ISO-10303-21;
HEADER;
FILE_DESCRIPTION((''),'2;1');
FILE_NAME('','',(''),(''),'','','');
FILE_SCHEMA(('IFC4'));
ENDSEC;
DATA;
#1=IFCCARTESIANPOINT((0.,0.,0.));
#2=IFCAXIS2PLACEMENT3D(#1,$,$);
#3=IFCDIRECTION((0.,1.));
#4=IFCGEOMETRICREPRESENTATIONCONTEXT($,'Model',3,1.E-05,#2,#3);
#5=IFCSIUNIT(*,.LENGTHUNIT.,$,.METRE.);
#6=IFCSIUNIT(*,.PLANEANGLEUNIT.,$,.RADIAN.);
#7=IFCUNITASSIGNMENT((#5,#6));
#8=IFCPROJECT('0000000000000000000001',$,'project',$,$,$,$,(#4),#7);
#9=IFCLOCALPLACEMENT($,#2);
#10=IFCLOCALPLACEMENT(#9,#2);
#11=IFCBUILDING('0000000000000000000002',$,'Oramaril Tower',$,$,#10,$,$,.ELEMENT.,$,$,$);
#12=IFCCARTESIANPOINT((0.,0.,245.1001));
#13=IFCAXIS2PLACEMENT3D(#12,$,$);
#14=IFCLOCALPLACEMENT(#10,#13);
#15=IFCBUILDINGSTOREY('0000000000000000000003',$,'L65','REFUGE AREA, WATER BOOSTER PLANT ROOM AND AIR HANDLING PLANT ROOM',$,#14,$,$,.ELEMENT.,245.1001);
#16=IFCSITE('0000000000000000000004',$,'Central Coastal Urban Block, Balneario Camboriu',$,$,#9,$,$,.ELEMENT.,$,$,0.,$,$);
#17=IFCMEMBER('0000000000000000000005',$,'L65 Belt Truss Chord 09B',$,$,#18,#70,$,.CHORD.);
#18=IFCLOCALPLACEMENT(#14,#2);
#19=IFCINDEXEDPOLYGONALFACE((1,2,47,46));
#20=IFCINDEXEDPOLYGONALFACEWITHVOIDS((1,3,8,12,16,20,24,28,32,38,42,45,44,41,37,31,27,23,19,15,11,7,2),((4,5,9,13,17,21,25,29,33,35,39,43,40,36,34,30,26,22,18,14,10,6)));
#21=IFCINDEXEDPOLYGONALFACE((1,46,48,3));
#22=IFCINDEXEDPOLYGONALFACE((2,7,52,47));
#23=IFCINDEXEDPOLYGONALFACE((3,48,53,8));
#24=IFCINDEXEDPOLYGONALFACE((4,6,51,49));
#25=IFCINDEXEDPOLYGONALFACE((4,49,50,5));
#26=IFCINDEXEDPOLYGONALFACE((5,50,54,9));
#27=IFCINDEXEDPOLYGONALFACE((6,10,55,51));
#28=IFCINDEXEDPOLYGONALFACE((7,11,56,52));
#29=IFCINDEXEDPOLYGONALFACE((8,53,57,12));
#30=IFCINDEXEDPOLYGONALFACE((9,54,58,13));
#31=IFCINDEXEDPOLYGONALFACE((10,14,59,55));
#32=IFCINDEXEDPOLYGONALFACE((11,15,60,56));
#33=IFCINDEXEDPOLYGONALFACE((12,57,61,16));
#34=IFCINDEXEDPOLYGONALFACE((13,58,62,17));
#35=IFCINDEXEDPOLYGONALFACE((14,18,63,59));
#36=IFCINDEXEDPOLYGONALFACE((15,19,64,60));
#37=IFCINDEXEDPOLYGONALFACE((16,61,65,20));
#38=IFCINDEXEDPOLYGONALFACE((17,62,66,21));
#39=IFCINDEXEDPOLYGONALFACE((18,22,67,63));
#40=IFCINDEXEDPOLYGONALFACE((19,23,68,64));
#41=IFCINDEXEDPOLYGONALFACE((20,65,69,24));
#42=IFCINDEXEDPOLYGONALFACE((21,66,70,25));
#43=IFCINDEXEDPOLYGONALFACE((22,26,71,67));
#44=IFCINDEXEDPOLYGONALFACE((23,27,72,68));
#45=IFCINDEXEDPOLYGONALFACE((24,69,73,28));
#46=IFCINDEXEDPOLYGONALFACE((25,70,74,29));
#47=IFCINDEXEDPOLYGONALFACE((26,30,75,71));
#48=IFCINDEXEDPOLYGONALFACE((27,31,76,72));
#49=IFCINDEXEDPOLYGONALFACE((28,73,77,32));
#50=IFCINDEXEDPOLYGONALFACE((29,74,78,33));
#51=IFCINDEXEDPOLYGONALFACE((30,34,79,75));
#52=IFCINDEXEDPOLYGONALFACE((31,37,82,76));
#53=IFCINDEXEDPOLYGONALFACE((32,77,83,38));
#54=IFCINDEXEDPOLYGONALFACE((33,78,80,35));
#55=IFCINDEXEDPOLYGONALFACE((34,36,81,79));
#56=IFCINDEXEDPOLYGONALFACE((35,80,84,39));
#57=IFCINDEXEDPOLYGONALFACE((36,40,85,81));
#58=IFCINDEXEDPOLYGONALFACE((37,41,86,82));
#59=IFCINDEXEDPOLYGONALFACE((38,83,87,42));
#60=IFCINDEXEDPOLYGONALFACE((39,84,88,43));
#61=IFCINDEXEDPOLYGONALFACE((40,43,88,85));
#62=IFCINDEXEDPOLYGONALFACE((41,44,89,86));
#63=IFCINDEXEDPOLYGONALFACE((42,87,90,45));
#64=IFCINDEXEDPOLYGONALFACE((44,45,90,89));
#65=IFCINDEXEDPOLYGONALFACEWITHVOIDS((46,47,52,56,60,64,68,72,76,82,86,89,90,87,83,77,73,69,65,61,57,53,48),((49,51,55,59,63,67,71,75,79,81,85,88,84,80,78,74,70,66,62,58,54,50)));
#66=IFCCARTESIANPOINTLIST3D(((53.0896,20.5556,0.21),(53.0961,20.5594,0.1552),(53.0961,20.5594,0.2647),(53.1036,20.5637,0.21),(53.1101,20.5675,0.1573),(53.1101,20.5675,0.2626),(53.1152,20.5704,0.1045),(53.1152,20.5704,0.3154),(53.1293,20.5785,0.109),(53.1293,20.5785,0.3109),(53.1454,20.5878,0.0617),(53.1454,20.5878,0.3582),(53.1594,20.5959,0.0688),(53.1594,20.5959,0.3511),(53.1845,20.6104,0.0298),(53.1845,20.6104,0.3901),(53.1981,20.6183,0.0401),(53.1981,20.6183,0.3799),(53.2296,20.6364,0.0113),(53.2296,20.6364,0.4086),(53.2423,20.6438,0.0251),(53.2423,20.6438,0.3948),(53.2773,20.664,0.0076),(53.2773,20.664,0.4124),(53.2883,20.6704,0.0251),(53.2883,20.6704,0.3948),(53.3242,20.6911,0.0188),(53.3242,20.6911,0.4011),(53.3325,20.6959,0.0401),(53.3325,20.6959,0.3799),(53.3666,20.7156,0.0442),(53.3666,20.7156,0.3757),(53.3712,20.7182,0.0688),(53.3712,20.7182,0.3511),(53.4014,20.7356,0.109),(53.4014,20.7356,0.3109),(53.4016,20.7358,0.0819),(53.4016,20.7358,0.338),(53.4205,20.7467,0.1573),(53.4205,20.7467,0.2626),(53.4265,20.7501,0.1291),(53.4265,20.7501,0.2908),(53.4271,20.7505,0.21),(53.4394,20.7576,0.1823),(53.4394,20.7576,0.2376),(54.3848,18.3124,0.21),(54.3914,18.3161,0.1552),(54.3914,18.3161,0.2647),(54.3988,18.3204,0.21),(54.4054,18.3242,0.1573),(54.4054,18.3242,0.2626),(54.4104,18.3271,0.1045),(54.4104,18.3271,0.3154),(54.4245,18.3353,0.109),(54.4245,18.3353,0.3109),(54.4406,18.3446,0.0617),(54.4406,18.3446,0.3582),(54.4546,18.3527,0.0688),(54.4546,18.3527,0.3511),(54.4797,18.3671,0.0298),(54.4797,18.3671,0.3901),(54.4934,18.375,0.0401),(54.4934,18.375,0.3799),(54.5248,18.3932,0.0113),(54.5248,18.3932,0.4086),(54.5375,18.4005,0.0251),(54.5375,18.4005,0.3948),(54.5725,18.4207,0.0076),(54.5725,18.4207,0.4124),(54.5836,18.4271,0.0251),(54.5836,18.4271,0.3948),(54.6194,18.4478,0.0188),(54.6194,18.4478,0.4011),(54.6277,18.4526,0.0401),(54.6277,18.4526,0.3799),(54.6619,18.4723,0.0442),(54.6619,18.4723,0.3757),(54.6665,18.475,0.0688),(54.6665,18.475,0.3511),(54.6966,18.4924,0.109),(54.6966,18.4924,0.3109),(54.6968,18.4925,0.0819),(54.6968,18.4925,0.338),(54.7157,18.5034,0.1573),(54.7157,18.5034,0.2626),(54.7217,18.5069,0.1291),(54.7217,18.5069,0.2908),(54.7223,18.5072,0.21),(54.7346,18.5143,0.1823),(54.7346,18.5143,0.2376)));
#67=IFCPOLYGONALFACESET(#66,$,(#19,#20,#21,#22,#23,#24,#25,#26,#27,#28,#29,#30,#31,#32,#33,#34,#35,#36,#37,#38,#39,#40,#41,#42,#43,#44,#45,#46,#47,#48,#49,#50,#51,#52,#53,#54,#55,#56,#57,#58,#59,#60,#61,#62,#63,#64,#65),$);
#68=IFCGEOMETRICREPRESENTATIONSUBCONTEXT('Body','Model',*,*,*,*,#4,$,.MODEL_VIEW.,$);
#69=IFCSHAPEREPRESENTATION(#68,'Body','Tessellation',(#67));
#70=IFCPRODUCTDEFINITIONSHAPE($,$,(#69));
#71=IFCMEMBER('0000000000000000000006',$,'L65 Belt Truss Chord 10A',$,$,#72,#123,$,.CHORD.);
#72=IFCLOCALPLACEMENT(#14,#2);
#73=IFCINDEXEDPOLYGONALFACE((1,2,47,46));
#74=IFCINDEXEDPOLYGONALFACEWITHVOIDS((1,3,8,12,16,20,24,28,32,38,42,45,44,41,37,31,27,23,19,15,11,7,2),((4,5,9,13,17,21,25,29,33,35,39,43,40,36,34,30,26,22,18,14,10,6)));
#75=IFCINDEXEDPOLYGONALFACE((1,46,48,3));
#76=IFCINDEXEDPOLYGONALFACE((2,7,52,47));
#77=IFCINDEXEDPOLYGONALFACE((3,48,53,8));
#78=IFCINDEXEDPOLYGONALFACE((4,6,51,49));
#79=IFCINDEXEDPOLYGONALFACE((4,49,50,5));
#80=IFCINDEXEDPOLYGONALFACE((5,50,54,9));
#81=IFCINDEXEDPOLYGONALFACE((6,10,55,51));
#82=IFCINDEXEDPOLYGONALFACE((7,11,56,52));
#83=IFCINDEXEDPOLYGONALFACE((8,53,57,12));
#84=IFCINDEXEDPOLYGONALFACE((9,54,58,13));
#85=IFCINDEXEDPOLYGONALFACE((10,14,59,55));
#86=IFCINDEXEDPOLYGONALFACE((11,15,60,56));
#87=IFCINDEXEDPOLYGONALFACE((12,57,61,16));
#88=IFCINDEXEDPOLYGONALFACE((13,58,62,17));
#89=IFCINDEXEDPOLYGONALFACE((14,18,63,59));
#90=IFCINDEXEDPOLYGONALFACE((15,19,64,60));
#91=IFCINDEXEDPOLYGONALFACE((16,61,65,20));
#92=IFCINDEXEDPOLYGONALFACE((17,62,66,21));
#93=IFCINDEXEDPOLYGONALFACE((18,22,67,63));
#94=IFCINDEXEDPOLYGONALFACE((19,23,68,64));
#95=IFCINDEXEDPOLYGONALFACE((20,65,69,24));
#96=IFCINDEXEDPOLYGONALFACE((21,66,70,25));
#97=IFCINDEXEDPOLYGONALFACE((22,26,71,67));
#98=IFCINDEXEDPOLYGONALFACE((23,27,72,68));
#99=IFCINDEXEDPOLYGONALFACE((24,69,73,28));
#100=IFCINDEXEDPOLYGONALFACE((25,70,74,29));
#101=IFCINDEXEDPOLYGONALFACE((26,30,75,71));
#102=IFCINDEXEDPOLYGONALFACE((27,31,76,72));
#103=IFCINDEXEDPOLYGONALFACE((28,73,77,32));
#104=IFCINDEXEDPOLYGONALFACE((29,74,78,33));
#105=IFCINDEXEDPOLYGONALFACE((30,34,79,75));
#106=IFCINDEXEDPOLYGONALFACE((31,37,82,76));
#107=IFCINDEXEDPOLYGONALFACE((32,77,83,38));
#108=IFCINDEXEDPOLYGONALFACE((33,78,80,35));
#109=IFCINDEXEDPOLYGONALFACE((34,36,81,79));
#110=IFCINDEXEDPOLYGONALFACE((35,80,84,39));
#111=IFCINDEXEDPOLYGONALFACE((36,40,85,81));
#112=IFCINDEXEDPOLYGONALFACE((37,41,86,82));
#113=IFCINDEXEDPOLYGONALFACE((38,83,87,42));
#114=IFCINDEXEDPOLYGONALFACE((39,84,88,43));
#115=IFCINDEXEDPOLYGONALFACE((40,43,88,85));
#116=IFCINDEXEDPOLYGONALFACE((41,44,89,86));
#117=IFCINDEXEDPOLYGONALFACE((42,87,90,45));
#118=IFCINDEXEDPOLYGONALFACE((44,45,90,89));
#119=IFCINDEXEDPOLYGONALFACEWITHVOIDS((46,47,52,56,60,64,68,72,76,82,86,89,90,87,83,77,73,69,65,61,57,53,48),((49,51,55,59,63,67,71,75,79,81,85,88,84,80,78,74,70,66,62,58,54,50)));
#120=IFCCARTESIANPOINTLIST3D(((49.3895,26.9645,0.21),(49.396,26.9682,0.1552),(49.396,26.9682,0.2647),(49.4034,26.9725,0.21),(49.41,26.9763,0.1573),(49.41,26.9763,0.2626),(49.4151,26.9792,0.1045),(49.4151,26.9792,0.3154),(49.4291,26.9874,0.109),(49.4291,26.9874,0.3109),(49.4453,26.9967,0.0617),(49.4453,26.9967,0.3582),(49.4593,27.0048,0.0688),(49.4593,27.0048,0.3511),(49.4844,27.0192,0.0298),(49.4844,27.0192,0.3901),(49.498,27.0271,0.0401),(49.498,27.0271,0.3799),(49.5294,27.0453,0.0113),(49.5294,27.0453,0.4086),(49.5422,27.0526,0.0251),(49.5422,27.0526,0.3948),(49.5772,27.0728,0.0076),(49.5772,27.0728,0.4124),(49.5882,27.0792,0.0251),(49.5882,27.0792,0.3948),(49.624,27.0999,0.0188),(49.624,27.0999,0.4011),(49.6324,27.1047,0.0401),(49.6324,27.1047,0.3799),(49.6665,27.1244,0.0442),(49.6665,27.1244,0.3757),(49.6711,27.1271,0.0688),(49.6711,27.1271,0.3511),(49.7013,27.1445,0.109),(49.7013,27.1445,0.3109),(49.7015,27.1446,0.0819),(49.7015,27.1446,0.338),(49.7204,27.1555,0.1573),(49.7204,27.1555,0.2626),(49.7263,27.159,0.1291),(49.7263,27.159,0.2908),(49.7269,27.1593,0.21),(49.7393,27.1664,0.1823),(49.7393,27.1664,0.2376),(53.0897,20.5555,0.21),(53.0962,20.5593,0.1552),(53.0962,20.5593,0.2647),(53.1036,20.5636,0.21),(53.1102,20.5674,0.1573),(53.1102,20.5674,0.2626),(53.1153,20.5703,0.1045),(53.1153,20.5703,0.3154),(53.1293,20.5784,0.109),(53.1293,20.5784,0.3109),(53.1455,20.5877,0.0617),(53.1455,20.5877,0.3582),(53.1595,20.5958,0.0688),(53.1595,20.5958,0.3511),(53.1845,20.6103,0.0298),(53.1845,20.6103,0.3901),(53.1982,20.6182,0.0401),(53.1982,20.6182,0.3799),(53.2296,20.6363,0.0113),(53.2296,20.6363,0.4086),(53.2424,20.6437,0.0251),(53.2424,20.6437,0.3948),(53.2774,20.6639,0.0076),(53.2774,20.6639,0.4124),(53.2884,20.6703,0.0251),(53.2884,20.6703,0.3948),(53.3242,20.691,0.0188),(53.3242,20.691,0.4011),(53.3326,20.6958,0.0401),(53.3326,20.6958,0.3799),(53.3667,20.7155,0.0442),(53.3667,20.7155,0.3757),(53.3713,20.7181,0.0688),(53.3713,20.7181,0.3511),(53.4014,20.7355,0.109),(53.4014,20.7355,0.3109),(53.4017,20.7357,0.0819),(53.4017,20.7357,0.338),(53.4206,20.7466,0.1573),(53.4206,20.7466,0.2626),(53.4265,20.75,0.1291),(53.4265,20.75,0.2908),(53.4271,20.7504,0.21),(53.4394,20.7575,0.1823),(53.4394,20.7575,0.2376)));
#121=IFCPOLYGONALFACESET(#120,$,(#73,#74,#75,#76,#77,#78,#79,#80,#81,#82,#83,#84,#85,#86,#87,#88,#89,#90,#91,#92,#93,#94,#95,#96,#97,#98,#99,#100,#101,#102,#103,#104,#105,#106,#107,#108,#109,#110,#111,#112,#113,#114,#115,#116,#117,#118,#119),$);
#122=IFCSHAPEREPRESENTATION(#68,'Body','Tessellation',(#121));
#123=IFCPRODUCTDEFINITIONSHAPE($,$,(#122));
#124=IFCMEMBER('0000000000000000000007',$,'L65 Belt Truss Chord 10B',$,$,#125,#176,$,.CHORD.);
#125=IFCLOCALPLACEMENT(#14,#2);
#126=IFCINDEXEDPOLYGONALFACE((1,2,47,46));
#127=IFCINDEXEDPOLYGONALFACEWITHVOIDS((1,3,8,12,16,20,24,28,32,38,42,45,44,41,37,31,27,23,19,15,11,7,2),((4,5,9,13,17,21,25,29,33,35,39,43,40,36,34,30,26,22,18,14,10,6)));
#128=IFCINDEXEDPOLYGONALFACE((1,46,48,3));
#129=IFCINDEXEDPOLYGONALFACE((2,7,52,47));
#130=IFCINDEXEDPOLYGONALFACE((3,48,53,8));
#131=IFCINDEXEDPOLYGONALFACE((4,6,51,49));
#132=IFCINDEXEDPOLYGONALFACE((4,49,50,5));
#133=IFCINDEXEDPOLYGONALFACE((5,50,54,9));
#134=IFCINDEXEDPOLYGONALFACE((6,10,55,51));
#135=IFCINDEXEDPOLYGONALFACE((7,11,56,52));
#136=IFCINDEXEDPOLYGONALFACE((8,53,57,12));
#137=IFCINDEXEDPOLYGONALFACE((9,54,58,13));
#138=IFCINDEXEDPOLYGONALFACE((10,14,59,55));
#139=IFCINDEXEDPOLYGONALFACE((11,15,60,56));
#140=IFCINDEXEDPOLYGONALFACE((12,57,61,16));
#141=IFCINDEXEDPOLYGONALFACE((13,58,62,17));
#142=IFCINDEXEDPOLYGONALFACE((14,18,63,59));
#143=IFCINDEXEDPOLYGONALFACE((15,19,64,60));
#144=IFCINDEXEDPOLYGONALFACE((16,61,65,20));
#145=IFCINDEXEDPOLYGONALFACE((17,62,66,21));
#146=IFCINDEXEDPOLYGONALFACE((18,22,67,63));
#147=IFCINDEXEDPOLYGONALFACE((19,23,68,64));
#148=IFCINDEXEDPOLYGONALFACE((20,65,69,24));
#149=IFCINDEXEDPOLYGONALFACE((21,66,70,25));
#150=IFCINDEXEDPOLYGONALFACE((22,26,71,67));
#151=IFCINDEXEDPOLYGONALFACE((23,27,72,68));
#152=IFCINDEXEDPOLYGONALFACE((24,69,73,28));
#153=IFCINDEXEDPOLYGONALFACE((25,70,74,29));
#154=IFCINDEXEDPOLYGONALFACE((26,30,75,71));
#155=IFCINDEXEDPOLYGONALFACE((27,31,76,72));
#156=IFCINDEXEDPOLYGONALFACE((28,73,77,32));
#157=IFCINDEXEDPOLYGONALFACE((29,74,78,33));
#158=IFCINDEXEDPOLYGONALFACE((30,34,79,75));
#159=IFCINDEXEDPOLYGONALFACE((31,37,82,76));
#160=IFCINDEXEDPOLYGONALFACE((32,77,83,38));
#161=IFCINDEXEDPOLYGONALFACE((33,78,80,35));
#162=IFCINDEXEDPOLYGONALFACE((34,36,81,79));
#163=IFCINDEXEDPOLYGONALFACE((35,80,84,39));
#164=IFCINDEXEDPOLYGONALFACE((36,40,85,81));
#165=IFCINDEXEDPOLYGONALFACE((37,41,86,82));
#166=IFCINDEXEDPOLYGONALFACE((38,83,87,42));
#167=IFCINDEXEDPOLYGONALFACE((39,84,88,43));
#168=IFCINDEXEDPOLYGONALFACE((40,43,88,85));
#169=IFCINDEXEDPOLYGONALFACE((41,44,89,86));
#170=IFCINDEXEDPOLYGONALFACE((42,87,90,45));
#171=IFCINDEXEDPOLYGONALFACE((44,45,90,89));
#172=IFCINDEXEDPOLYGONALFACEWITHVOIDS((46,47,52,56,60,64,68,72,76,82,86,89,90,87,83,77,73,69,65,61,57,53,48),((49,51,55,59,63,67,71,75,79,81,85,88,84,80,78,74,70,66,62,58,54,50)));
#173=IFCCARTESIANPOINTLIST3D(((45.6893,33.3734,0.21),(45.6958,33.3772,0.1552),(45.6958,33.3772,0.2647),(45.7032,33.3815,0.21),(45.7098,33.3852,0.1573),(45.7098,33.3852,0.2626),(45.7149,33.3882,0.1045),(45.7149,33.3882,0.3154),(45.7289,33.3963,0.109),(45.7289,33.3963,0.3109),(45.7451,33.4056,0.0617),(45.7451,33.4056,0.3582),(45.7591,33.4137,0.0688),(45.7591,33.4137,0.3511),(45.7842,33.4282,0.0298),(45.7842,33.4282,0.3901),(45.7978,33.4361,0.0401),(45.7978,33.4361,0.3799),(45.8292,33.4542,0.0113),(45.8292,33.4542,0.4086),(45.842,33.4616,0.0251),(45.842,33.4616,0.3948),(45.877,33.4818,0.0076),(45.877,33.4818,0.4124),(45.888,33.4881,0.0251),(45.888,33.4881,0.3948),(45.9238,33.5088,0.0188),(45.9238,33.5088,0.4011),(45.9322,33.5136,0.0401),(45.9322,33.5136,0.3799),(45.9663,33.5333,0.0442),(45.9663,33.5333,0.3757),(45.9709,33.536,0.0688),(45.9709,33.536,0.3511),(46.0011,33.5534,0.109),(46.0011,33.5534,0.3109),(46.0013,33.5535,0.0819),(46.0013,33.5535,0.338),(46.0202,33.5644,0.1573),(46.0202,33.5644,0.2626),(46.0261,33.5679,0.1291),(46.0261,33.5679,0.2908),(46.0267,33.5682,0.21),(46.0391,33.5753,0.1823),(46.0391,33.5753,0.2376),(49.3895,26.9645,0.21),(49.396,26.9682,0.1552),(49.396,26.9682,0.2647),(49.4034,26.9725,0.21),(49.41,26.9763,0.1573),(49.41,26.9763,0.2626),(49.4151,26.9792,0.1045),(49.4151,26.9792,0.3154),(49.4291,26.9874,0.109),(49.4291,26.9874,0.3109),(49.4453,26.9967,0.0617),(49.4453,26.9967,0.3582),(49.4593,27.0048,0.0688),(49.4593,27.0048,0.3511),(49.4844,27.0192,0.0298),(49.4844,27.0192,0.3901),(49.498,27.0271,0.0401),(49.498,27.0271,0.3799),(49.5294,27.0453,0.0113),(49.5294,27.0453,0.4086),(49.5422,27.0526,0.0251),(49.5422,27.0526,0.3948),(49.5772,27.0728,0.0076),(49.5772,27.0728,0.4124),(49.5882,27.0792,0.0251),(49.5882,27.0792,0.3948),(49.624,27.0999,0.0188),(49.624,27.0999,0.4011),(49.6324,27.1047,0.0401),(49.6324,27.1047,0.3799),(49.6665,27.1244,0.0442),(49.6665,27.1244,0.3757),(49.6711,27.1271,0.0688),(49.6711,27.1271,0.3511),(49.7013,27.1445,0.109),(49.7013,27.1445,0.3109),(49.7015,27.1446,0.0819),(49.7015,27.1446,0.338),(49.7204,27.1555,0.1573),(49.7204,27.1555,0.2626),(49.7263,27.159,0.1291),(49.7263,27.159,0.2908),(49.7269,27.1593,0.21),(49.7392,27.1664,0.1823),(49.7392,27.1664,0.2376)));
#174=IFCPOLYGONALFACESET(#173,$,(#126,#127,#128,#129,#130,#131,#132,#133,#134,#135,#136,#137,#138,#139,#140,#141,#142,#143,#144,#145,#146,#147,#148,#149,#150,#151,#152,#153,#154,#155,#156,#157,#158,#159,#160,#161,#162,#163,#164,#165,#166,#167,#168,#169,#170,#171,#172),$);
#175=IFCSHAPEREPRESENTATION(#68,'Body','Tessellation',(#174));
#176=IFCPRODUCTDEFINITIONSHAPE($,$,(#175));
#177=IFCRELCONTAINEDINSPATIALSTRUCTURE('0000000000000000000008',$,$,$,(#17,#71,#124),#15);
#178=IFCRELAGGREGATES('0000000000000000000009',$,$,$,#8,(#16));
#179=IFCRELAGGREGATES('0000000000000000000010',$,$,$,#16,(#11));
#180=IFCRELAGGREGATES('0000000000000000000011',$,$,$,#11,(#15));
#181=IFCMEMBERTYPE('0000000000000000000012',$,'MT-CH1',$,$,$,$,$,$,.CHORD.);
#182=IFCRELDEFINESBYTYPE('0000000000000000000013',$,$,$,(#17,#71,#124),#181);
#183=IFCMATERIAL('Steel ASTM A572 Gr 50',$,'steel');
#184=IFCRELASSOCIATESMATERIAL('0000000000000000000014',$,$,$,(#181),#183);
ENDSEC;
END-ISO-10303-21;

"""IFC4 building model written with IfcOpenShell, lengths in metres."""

from ifc_helpers import new_model, si_unit, direction, frame, origin, origin_2d, place, context, subcontext, project, spatial, hollow_circle, extrude, material, material_profile, profile_set, type_object, element, save


model = new_model("IFC4")

# Units and contexts
model_context = context("Model", 3, precision=1e-05, world=origin(), true_north=direction((0.0, 1.0)))
body_context = subcontext(model_context, "Body", "Model", "MODEL_VIEW")
ifc_project = project(units=[si_unit("LENGTHUNIT", "METRE"), si_unit("PLANEANGLEUNIT", "RADIAN")], contexts=[model_context])

# Site, building, storey
site_placement = place(None, origin())
site = spatial("IfcSite", under=ifc_project, at=site_placement, Name="Central Coastal Urban Block, Balneario Camboriu", CompositionType="ELEMENT", RefElevation=0.0)
building_placement = place(site_placement, origin())
building = spatial("IfcBuilding", under=site, at=building_placement, Name="Oramaril Tower", CompositionType="ELEMENT")
storey_placement = place(building_placement, frame((0.0, 0.0, 245.1001)))
storey = spatial("IfcBuildingStorey", under=building, at=storey_placement, Name="L65", Description="REFUGE AREA, WATER BOOSTER PLANT ROOM AND AIR HANDLING PLANT ROOM", CompositionType="ELEMENT", Elevation=245.1001)

# Members
ifc_material_1 = material(Name="Steel ASTM A572 Gr 50", Category="steel")
ifc_material_profile_1 = material_profile(ifc_material_1, hollow_circle(Radius=0.2029, WallThickness=0.0161, at=origin_2d()), Name="CHS406X16")
ifc_profile_set_1 = profile_set([ifc_material_profile_1], Name="Steel ASTM A572 Gr 50")
member_type_1 = type_object("IfcMemberType", Name="MT-CH1", PredefinedType="CHORD", material=ifc_profile_set_1)
member_1_placement = place(storey_placement, frame((54.5605, 18.4138, 0.21), z_axis=(-0.500022, 0.866013, 0.0), x_axis=(-0.866013, -0.500022, 0.0)))
element("IfcMember", 1, at=member_1_placement, inside=storey, type_object=member_type_1, Name="L65 Belt Truss Chord 09B", PredefinedType="CHORD", context=body_context, shape_type="SweptSolid", body=[
    extrude(hollow_circle(Radius=0.2029, WallThickness=0.0161, at=origin_2d()), origin(), (0.0, 0.0, 1.0), 2.5903),
])
for number, where, z_axis, x_axis, name in (
    (2, (53.2654, 20.657, 0.21), (-0.499999, 0.866026, 0.0), (-0.866026, -0.499999, 0.0), "L65 Belt Truss Chord 10A"),
    (3, (49.5652, 27.0659, 0.21), (-0.499999, 0.866026, 0.0), (-0.866026, -0.499999, 0.0), "L65 Belt Truss Chord 10B"),
):
    element("IfcMember", number, at=place(storey_placement, frame(where, z_axis=z_axis, x_axis=x_axis)), inside=storey, type_object=member_type_1, Name=name, PredefinedType="CHORD", context=body_context, shape_type="SweptSolid", body=[
        extrude(hollow_circle(Radius=0.2029, WallThickness=0.0161, at=origin_2d()), origin(), (0.0, 0.0, 1.0), 7.4004),
    ])

save(model, "model.ifc")
